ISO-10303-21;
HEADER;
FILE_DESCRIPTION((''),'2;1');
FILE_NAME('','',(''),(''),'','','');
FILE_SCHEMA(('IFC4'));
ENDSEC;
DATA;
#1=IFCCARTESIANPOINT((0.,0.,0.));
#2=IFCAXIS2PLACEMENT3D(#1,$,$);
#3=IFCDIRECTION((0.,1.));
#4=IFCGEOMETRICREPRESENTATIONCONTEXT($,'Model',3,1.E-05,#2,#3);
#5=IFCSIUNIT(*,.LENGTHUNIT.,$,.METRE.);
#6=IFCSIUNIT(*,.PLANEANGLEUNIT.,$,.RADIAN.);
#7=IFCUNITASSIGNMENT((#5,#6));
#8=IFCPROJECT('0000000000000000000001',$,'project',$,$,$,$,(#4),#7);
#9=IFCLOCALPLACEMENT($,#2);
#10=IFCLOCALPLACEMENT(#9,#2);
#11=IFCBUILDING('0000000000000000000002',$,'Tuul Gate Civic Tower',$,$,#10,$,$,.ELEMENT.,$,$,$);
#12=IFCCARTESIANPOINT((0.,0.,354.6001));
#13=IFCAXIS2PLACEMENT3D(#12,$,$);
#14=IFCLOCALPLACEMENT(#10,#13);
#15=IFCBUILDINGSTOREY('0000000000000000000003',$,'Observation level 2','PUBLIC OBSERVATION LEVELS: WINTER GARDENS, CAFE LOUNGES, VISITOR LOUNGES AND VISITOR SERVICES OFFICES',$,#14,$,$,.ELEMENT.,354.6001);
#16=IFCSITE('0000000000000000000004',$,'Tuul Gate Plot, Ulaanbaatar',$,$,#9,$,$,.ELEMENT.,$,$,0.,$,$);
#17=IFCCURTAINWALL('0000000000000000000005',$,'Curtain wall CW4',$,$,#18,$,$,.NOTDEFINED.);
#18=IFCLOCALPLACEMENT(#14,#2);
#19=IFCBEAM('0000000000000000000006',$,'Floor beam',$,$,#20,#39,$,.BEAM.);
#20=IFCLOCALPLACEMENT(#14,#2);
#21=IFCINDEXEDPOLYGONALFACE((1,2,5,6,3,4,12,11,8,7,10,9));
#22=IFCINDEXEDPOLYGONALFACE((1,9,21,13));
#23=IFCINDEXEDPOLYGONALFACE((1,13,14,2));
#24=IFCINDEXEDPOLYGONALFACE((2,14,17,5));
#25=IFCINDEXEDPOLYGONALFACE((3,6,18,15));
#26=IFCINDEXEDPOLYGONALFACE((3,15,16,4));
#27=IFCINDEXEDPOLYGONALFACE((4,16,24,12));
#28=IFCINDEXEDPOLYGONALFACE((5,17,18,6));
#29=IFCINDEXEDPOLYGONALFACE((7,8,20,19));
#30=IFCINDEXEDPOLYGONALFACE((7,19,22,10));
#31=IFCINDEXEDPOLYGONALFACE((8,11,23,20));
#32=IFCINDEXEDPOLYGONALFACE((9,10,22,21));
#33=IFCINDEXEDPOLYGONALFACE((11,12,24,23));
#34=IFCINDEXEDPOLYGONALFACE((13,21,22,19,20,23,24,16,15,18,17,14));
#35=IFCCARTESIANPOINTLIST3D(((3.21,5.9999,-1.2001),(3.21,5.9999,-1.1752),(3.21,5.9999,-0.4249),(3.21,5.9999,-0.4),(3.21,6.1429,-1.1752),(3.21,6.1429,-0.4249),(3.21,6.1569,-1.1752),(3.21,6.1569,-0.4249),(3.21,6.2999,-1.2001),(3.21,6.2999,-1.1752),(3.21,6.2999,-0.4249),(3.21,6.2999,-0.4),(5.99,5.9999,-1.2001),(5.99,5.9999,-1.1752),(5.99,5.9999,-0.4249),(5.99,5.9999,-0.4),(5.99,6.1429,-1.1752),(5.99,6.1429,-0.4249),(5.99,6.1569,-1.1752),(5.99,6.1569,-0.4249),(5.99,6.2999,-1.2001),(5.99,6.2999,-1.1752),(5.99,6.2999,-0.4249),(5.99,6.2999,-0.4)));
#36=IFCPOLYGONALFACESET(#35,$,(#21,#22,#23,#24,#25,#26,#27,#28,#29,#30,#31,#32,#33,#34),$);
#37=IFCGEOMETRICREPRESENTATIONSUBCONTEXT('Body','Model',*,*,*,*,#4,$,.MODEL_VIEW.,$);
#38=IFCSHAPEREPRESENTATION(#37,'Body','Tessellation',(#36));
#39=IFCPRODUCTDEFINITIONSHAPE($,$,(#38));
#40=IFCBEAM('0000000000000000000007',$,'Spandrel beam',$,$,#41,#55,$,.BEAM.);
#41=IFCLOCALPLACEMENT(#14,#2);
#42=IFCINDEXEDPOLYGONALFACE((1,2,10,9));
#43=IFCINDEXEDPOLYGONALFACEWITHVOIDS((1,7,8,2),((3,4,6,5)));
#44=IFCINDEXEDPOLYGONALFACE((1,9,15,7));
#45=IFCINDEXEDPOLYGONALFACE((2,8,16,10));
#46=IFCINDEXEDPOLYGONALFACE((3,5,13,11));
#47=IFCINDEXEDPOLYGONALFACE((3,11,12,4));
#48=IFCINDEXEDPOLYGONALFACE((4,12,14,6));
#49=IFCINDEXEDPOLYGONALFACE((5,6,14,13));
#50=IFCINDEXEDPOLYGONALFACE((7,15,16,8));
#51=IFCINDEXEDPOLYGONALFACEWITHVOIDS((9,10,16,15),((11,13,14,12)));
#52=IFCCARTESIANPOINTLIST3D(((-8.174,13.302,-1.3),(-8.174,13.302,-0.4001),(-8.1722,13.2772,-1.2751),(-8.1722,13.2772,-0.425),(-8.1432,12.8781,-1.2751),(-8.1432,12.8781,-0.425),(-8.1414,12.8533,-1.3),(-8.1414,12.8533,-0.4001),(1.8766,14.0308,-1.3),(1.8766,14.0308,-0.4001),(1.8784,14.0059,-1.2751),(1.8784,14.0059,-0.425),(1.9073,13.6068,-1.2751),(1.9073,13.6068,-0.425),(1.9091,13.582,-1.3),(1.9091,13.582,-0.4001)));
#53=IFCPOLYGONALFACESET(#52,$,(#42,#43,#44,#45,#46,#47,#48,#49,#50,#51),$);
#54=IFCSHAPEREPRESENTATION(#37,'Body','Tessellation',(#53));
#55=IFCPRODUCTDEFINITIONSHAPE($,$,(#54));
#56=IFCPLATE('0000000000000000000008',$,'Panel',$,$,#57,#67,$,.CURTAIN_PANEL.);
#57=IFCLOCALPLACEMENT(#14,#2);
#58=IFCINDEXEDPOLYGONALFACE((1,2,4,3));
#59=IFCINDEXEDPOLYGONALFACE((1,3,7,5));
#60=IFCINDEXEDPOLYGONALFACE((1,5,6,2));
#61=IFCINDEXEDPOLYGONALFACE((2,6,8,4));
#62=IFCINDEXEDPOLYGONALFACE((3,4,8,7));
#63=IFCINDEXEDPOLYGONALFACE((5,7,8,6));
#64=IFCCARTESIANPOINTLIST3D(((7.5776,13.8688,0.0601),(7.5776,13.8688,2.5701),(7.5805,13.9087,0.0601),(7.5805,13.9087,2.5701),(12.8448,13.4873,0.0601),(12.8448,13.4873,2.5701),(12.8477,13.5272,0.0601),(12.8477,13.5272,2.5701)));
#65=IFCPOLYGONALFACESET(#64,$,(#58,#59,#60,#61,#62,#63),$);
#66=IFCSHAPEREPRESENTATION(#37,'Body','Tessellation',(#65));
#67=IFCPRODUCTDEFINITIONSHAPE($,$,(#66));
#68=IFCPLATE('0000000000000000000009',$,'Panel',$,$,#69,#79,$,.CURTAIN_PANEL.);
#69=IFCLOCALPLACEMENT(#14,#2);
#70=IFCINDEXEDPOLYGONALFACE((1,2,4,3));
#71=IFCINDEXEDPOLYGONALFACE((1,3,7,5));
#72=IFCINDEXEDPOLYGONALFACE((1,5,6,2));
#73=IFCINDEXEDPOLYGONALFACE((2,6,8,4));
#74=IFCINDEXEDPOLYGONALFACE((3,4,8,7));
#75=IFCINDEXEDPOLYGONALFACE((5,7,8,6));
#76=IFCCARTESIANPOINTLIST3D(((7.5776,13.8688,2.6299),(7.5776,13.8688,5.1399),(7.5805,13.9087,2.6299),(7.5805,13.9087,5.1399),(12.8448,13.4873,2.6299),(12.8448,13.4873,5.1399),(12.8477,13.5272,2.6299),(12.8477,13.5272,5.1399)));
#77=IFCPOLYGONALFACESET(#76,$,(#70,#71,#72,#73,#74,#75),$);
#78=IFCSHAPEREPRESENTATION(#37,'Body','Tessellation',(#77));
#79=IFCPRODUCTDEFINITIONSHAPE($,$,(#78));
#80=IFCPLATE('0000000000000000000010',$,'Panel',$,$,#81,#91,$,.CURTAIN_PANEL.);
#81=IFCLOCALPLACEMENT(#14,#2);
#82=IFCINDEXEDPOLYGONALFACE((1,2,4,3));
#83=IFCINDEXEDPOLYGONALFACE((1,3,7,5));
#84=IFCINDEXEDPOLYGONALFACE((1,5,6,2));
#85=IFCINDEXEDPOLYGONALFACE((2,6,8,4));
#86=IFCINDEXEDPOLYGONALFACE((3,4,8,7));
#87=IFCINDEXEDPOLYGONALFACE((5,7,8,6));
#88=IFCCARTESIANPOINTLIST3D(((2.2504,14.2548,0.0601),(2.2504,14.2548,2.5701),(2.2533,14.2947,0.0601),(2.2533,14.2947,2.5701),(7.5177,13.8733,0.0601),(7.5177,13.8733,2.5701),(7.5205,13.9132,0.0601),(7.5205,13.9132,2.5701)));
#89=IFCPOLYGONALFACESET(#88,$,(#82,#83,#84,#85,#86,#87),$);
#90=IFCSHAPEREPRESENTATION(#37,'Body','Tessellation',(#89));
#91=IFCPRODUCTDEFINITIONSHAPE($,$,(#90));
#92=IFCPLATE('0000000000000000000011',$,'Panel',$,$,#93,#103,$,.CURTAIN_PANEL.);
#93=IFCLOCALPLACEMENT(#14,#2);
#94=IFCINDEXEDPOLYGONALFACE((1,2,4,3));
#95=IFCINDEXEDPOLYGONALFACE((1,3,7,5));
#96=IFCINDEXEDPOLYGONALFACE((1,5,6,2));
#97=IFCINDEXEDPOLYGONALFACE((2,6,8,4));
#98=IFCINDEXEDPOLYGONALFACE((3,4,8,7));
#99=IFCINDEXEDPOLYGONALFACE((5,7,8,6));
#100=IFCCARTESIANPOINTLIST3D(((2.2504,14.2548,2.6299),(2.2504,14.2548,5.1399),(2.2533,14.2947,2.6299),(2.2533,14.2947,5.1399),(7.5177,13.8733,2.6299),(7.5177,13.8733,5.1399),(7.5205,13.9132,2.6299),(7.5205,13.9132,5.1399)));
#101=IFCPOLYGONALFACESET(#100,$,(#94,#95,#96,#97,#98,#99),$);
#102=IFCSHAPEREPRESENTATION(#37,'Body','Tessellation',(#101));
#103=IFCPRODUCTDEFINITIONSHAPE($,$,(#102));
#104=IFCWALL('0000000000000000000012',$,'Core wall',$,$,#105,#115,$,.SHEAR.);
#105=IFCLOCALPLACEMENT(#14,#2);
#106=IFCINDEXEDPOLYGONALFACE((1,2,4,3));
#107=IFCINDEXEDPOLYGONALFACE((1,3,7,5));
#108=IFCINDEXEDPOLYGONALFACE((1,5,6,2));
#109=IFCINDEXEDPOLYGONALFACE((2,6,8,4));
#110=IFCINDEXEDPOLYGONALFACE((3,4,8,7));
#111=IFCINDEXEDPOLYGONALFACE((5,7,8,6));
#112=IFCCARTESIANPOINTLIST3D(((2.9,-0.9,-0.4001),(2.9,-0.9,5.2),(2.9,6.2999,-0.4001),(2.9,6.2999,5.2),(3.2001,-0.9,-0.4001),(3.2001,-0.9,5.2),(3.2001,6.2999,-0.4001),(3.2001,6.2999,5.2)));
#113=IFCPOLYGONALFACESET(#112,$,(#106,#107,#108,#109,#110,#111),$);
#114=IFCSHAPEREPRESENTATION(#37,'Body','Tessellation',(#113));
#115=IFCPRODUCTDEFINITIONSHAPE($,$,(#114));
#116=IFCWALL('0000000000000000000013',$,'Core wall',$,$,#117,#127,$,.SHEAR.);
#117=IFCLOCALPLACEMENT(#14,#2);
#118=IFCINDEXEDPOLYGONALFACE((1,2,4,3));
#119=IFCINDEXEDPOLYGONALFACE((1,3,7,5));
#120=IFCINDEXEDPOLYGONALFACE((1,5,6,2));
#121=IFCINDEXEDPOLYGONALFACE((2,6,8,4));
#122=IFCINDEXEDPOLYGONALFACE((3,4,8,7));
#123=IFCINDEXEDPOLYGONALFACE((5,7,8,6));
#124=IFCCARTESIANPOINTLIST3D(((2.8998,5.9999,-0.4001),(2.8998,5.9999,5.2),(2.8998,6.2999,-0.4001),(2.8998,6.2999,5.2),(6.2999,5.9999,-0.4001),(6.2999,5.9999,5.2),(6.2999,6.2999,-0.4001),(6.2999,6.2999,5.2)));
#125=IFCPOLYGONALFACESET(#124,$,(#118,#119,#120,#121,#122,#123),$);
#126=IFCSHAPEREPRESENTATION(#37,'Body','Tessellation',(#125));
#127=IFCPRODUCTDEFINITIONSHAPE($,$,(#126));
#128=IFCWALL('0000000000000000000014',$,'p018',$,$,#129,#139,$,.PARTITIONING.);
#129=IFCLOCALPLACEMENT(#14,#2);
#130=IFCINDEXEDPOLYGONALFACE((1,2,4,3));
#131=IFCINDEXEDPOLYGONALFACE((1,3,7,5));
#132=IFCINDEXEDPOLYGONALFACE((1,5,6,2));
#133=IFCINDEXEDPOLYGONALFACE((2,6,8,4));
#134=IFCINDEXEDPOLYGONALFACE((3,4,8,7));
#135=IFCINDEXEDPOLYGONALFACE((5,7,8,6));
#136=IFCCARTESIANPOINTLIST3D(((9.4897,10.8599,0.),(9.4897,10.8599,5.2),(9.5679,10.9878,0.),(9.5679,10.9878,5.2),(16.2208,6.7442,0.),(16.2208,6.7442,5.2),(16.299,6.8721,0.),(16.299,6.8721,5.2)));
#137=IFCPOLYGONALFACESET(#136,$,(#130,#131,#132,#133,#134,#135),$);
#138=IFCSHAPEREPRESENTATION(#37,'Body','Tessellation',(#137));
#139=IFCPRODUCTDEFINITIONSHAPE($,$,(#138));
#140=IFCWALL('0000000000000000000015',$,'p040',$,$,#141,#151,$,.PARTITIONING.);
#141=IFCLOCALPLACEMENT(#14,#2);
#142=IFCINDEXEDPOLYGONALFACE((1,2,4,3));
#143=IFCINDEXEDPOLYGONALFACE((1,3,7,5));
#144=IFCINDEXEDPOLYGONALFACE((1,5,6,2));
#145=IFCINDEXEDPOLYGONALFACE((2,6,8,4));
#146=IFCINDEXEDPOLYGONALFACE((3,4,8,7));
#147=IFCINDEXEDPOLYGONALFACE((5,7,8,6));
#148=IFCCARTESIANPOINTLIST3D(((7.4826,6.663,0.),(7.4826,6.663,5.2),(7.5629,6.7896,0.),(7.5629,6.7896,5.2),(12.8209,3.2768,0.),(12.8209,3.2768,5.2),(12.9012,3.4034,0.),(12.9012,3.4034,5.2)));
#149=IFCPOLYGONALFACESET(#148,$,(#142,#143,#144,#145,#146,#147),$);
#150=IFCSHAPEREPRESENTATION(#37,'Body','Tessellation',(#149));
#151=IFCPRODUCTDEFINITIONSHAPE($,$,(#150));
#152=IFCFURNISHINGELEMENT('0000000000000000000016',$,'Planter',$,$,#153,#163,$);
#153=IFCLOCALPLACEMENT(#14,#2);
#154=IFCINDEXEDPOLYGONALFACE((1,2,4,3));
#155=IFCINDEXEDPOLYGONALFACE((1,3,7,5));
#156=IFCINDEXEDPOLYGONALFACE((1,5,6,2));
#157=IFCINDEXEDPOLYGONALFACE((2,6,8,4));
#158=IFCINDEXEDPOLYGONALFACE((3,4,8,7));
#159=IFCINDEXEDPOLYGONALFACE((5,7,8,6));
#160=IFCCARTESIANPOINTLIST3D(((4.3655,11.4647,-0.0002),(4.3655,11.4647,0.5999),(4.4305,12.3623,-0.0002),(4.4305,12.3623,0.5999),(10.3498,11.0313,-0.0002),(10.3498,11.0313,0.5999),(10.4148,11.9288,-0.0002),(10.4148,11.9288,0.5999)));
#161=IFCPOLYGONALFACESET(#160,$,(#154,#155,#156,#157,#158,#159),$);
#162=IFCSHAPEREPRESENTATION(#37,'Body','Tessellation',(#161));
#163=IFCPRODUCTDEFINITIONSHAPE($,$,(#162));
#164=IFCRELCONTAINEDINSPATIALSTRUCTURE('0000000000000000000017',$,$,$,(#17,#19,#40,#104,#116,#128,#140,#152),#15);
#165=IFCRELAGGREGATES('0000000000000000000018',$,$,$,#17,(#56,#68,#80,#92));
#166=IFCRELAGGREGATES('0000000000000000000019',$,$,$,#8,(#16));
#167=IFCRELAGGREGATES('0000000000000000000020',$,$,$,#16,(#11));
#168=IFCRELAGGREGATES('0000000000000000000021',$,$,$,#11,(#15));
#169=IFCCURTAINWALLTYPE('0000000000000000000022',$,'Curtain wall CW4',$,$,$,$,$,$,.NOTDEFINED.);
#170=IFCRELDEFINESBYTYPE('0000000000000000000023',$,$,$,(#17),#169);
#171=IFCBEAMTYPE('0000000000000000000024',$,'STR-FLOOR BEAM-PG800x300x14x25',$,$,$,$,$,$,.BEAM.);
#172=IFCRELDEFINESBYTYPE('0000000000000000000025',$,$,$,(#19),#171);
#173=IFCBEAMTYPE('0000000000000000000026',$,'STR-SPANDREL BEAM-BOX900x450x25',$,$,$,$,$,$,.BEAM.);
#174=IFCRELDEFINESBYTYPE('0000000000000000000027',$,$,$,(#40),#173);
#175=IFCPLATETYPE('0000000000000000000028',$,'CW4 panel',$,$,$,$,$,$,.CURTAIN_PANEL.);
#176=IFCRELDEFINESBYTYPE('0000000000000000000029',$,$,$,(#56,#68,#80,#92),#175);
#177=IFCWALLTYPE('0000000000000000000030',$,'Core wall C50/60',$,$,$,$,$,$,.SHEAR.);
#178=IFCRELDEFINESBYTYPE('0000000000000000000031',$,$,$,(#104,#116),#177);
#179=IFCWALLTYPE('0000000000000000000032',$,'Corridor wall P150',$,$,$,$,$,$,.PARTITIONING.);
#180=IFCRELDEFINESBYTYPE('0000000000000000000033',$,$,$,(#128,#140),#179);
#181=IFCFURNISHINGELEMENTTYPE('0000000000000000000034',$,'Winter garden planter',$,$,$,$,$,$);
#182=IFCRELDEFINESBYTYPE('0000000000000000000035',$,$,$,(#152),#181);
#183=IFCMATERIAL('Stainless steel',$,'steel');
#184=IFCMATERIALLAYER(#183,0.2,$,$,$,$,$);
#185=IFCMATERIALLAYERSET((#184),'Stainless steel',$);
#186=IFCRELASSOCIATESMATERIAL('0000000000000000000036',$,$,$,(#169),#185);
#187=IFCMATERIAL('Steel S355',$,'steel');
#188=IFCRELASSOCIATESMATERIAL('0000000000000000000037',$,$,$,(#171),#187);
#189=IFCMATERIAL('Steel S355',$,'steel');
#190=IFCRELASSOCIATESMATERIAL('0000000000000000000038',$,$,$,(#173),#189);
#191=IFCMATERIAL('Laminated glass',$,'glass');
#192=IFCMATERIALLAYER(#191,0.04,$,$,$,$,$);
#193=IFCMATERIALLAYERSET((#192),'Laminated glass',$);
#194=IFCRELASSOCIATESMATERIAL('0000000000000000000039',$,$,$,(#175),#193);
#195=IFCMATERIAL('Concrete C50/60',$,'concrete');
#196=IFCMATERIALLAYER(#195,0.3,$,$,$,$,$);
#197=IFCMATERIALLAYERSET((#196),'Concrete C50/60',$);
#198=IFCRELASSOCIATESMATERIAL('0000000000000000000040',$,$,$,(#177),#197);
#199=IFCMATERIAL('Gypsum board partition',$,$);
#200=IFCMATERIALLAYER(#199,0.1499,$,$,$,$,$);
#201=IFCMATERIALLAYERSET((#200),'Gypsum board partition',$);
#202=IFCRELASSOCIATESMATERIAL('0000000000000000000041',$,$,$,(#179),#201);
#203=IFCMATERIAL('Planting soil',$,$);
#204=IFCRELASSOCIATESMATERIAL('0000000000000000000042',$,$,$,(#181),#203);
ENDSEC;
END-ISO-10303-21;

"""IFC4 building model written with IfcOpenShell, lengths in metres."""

from ifc_helpers import new_model, si_unit, direction, frame, frame_2d, origin, origin_2d, place, context, subcontext, project, spatial, rectangle, hollow_rectangle, i_section, extrude, material, layer, layer_set, material_profile, profile_set, type_object, element, aggregate, save


model = new_model("IFC4")

# Units and contexts
model_context = context("Model", 3, precision=1e-05, world=origin(), true_north=direction((0.0, 1.0)))
body_context = subcontext(model_context, "Body", "Model", "MODEL_VIEW")
ifc_project = project(units=[si_unit("LENGTHUNIT", "METRE"), si_unit("PLANEANGLEUNIT", "RADIAN")], contexts=[model_context])

# Site, building, storey
site_placement = place(None, origin())
site = spatial("IfcSite", under=ifc_project, at=site_placement, Name="Tuul Gate Plot, Ulaanbaatar", CompositionType="ELEMENT", RefElevation=0.0)
building_placement = place(site_placement, origin())
building = spatial("IfcBuilding", under=site, at=building_placement, Name="Tuul Gate Civic Tower", CompositionType="ELEMENT")
storey_placement = place(building_placement, frame((0.0, 0.0, 354.6001)))
storey = spatial("IfcBuildingStorey", under=building, at=storey_placement, Name="Observation level 2", Description="PUBLIC OBSERVATION LEVELS: WINTER GARDENS, CAFE LOUNGES, VISITOR LOUNGES AND VISITOR SERVICES OFFICES", CompositionType="ELEMENT", Elevation=354.6001)

# Curtain wall
ifc_material_1 = material(Name="Stainless steel", Category="steel")
ifc_layer_1 = layer(ifc_material_1, 0.2)
ifc_layer_set_1 = layer_set([ifc_layer_1], Name="Stainless steel")
curtain_wall_type = type_object("IfcCurtainWallType", Name="Curtain wall CW4", PredefinedType="NOTDEFINED", material=ifc_layer_set_1)
curtain_wall_1_placement = place(storey_placement, origin())
curtain_wall_1 = element("IfcCurtainWall", 1, at=curtain_wall_1_placement, inside=storey, type_object=curtain_wall_type, Name="Curtain wall CW4", PredefinedType="NOTDEFINED")

# Beams
ifc_material_2 = material(Name="Steel S355", Category="steel")
ifc_material_profile_1 = material_profile(ifc_material_2, i_section(OverallWidth=0.3, OverallDepth=0.8, WebThickness=0.0139, FlangeThickness=0.0249, at=origin_2d()), Name="PG800x300x14x25")
ifc_profile_set_1 = profile_set([ifc_material_profile_1], Name="Steel S355")
beam_type_1 = type_object("IfcBeamType", Name="STR-FLOOR BEAM-PG800x300x14x25", PredefinedType="BEAM", material=ifc_profile_set_1)
beam_1_placement = place(storey_placement, frame((3.21, 6.1499, -0.8), z_axis=(1.0, 0.0, 0.0), x_axis=(0.0, 1.0, 0.0)))
element("IfcBeam", 2, at=beam_1_placement, inside=storey, type_object=beam_type_1, Name="Floor beam", PredefinedType="BEAM", context=body_context, shape_type="SweptSolid", body=[
    extrude(i_section(OverallWidth=0.3, OverallDepth=0.8, WebThickness=0.0139, FlangeThickness=0.0249, at=origin_2d()), origin(), (0.0, 0.0, 1.0), 2.78),
])
ifc_material_3 = material(Name="Steel S355", Category="steel")
ifc_material_profile_2 = material_profile(ifc_material_3, hollow_rectangle(XDim=0.45, YDim=0.8999, WallThickness=0.0249, at=origin_2d()), Name="BOX900x450x25")
ifc_profile_set_2 = profile_set([ifc_material_profile_2], Name="Steel S355")
beam_type_2 = type_object("IfcBeamType", Name="STR-SPANDREL BEAM-BOX900x450x25", PredefinedType="BEAM", material=ifc_profile_set_2)
beam_2_placement = place(storey_placement, frame((1.8928, 13.8064, -0.8501), z_axis=(-0.997382, -0.07232, 0.0), x_axis=(0.07232, -0.997382, 0.0)))
element("IfcBeam", 3, at=beam_2_placement, inside=storey, type_object=beam_type_2, Name="Spandrel beam", PredefinedType="BEAM", context=body_context, shape_type="SweptSolid", body=[
    extrude(hollow_rectangle(XDim=0.45, YDim=0.8999, WallThickness=0.0249, at=origin_2d()), origin(), (0.0, 0.0, 1.0), 10.0769),
])

# Plates
ifc_material_4 = material(Name="Laminated glass", Category="glass")
ifc_layer_2 = layer(ifc_material_4, 0.04)
ifc_layer_set_2 = layer_set([ifc_layer_2], Name="Laminated glass")
plate_type = type_object("IfcPlateType", Name="CW4 panel", PredefinedType="CURTAIN_PANEL", material=ifc_layer_set_2)
plate_1_placement = place(storey_placement, frame((10.2126, 13.698, 0.0601), z_axis=(0.0, 0.0, 1.0), x_axis=(-0.997387, 0.072239, 0.0)))
plate_1 = element("IfcPlate", 4, at=plate_1_placement, type_object=plate_type, Name="Panel", PredefinedType="CURTAIN_PANEL", context=body_context, shape_type="SweptSolid", body=[
    extrude(rectangle(XDim=5.281, YDim=0.04, at=origin_2d()), origin(), (0.0, 0.0, 1.0), 2.51),
])
plate_2_placement = place(storey_placement, frame((10.2126, 13.698, 2.6299), z_axis=(0.0, 0.0, 1.0), x_axis=(-0.997387, 0.072239, 0.0)))
plate_2 = element("IfcPlate", 5, at=plate_2_placement, type_object=plate_type, Name="Panel", PredefinedType="CURTAIN_PANEL", context=body_context, shape_type="SweptSolid", body=[
    extrude(rectangle(XDim=5.281, YDim=0.04, at=origin_2d()), origin(), (0.0, 0.0, 1.0), 2.51),
])
plate_3_placement = place(storey_placement, frame((4.8855, 14.084, 0.0601), z_axis=(0.0, 0.0, 1.0), x_axis=(-0.997387, 0.072239, 0.0)))
plate_3 = element("IfcPlate", 6, at=plate_3_placement, type_object=plate_type, Name="Panel", PredefinedType="CURTAIN_PANEL", context=body_context, shape_type="SweptSolid", body=[
    extrude(rectangle(XDim=5.281, YDim=0.04, at=origin_2d()), origin(), (0.0, 0.0, 1.0), 2.51),
])
plate_4_placement = place(storey_placement, frame((4.8855, 14.084, 2.6299), z_axis=(0.0, 0.0, 1.0), x_axis=(-0.997387, 0.072239, 0.0)))
plate_4 = element("IfcPlate", 7, at=plate_4_placement, type_object=plate_type, Name="Panel", PredefinedType="CURTAIN_PANEL", context=body_context, shape_type="SweptSolid", body=[
    extrude(rectangle(XDim=5.281, YDim=0.04, at=origin_2d()), origin(), (0.0, 0.0, 1.0), 2.51),
])
aggregate(curtain_wall_1, [plate_1, plate_2, plate_3, plate_4])

# Walls
ifc_material_5 = material(Name="Concrete C50/60", Category="concrete")
ifc_layer_3 = layer(ifc_material_5, 0.3)
ifc_layer_set_3 = layer_set([ifc_layer_3], Name="Concrete C50/60")
wall_type_1 = type_object("IfcWallType", Name="Core wall C50/60", PredefinedType="SHEAR", material=ifc_layer_set_3)
wall_1_placement = place(storey_placement, frame((3.05, 6.3, -0.4001), z_axis=(0.0, 0.0, 1.0), x_axis=(0.0, -1.0, 0.0)))
element("IfcWall", 8, at=wall_1_placement, inside=storey, type_object=wall_type_1, Name="Core wall", PredefinedType="SHEAR", context=body_context, shape_type="SweptSolid", body=[
    extrude(rectangle(XDim=7.2, YDim=0.3, at=frame_2d((3.6001, 0.0))), origin(), (0.0, 0.0, 1.0), 5.6001),
])
wall_2_placement = place(storey_placement, frame((6.3, 6.1499, -0.4001), z_axis=(0.0, 0.0, 1.0), x_axis=(-1.0, 0.0, 0.0)))
element("IfcWall", 9, at=wall_2_placement, inside=storey, type_object=wall_type_1, Name="Core wall", PredefinedType="SHEAR", context=body_context, shape_type="SweptSolid", body=[
    extrude(rectangle(XDim=3.4001, YDim=0.3, at=frame_2d((1.7002, 0.0))), origin(), (0.0, 0.0, 1.0), 5.6001),
])
ifc_material_6 = material(Name="Gypsum board partition")
ifc_layer_4 = layer(ifc_material_6, 0.1499)
ifc_layer_set_4 = layer_set([ifc_layer_4], Name="Gypsum board partition")
wall_type_2 = type_object("IfcWallType", Name="Corridor wall P150", PredefinedType="PARTITIONING", material=ifc_layer_set_4)
wall_3_placement = place(storey_placement, frame((9.5288, 10.9238, 0.0), z_axis=(0.0, 0.0, 1.0), x_axis=(0.853157, -0.521654, 0.0)))
element("IfcWall", 10, at=wall_3_placement, inside=storey, type_object=wall_type_2, Name="p018", PredefinedType="PARTITIONING", context=body_context, shape_type="SweptSolid", body=[
    extrude(rectangle(XDim=7.8896, YDim=0.1499, at=frame_2d((3.9448, 0.0))), origin(), (0.0, 0.0, 1.0), 5.2),
])
wall_4_placement = place(storey_placement, frame((7.5227, 6.7263, 0.0), z_axis=(0.0, 0.0, 1.0), x_axis=(0.844443, -0.535645, 0.0)))
element("IfcWall", 11, at=wall_4_placement, inside=storey, type_object=wall_type_2, Name="p040", PredefinedType="PARTITIONING", context=body_context, shape_type="SweptSolid", body=[
    extrude(rectangle(XDim=6.3218, YDim=0.1499, at=frame_2d((3.1609, 0.0))), origin(), (0.0, 0.0, 1.0), 5.2),
])

# Furnishing element
ifc_material_7 = material(Name="Planting soil")
furnishing_element_type = type_object("IfcFurnishingElementType", Name="Winter garden planter", material=ifc_material_7)
furnishing_placement = place(storey_placement, frame((7.3901, 11.6968, -0.0002), z_axis=(0.0, 0.0, 1.0), x_axis=(-0.997387, 0.072239, 0.0)))
element("IfcFurnishingElement", 12, at=furnishing_placement, inside=storey, type_object=furnishing_element_type, Name="Planter", context=body_context, shape_type="SweptSolid", body=[
    extrude(rectangle(XDim=6.0, YDim=0.8999, at=origin_2d()), origin(), (0.0, 0.0, 1.0), 0.6001),
])

save(model, "model.ifc")
